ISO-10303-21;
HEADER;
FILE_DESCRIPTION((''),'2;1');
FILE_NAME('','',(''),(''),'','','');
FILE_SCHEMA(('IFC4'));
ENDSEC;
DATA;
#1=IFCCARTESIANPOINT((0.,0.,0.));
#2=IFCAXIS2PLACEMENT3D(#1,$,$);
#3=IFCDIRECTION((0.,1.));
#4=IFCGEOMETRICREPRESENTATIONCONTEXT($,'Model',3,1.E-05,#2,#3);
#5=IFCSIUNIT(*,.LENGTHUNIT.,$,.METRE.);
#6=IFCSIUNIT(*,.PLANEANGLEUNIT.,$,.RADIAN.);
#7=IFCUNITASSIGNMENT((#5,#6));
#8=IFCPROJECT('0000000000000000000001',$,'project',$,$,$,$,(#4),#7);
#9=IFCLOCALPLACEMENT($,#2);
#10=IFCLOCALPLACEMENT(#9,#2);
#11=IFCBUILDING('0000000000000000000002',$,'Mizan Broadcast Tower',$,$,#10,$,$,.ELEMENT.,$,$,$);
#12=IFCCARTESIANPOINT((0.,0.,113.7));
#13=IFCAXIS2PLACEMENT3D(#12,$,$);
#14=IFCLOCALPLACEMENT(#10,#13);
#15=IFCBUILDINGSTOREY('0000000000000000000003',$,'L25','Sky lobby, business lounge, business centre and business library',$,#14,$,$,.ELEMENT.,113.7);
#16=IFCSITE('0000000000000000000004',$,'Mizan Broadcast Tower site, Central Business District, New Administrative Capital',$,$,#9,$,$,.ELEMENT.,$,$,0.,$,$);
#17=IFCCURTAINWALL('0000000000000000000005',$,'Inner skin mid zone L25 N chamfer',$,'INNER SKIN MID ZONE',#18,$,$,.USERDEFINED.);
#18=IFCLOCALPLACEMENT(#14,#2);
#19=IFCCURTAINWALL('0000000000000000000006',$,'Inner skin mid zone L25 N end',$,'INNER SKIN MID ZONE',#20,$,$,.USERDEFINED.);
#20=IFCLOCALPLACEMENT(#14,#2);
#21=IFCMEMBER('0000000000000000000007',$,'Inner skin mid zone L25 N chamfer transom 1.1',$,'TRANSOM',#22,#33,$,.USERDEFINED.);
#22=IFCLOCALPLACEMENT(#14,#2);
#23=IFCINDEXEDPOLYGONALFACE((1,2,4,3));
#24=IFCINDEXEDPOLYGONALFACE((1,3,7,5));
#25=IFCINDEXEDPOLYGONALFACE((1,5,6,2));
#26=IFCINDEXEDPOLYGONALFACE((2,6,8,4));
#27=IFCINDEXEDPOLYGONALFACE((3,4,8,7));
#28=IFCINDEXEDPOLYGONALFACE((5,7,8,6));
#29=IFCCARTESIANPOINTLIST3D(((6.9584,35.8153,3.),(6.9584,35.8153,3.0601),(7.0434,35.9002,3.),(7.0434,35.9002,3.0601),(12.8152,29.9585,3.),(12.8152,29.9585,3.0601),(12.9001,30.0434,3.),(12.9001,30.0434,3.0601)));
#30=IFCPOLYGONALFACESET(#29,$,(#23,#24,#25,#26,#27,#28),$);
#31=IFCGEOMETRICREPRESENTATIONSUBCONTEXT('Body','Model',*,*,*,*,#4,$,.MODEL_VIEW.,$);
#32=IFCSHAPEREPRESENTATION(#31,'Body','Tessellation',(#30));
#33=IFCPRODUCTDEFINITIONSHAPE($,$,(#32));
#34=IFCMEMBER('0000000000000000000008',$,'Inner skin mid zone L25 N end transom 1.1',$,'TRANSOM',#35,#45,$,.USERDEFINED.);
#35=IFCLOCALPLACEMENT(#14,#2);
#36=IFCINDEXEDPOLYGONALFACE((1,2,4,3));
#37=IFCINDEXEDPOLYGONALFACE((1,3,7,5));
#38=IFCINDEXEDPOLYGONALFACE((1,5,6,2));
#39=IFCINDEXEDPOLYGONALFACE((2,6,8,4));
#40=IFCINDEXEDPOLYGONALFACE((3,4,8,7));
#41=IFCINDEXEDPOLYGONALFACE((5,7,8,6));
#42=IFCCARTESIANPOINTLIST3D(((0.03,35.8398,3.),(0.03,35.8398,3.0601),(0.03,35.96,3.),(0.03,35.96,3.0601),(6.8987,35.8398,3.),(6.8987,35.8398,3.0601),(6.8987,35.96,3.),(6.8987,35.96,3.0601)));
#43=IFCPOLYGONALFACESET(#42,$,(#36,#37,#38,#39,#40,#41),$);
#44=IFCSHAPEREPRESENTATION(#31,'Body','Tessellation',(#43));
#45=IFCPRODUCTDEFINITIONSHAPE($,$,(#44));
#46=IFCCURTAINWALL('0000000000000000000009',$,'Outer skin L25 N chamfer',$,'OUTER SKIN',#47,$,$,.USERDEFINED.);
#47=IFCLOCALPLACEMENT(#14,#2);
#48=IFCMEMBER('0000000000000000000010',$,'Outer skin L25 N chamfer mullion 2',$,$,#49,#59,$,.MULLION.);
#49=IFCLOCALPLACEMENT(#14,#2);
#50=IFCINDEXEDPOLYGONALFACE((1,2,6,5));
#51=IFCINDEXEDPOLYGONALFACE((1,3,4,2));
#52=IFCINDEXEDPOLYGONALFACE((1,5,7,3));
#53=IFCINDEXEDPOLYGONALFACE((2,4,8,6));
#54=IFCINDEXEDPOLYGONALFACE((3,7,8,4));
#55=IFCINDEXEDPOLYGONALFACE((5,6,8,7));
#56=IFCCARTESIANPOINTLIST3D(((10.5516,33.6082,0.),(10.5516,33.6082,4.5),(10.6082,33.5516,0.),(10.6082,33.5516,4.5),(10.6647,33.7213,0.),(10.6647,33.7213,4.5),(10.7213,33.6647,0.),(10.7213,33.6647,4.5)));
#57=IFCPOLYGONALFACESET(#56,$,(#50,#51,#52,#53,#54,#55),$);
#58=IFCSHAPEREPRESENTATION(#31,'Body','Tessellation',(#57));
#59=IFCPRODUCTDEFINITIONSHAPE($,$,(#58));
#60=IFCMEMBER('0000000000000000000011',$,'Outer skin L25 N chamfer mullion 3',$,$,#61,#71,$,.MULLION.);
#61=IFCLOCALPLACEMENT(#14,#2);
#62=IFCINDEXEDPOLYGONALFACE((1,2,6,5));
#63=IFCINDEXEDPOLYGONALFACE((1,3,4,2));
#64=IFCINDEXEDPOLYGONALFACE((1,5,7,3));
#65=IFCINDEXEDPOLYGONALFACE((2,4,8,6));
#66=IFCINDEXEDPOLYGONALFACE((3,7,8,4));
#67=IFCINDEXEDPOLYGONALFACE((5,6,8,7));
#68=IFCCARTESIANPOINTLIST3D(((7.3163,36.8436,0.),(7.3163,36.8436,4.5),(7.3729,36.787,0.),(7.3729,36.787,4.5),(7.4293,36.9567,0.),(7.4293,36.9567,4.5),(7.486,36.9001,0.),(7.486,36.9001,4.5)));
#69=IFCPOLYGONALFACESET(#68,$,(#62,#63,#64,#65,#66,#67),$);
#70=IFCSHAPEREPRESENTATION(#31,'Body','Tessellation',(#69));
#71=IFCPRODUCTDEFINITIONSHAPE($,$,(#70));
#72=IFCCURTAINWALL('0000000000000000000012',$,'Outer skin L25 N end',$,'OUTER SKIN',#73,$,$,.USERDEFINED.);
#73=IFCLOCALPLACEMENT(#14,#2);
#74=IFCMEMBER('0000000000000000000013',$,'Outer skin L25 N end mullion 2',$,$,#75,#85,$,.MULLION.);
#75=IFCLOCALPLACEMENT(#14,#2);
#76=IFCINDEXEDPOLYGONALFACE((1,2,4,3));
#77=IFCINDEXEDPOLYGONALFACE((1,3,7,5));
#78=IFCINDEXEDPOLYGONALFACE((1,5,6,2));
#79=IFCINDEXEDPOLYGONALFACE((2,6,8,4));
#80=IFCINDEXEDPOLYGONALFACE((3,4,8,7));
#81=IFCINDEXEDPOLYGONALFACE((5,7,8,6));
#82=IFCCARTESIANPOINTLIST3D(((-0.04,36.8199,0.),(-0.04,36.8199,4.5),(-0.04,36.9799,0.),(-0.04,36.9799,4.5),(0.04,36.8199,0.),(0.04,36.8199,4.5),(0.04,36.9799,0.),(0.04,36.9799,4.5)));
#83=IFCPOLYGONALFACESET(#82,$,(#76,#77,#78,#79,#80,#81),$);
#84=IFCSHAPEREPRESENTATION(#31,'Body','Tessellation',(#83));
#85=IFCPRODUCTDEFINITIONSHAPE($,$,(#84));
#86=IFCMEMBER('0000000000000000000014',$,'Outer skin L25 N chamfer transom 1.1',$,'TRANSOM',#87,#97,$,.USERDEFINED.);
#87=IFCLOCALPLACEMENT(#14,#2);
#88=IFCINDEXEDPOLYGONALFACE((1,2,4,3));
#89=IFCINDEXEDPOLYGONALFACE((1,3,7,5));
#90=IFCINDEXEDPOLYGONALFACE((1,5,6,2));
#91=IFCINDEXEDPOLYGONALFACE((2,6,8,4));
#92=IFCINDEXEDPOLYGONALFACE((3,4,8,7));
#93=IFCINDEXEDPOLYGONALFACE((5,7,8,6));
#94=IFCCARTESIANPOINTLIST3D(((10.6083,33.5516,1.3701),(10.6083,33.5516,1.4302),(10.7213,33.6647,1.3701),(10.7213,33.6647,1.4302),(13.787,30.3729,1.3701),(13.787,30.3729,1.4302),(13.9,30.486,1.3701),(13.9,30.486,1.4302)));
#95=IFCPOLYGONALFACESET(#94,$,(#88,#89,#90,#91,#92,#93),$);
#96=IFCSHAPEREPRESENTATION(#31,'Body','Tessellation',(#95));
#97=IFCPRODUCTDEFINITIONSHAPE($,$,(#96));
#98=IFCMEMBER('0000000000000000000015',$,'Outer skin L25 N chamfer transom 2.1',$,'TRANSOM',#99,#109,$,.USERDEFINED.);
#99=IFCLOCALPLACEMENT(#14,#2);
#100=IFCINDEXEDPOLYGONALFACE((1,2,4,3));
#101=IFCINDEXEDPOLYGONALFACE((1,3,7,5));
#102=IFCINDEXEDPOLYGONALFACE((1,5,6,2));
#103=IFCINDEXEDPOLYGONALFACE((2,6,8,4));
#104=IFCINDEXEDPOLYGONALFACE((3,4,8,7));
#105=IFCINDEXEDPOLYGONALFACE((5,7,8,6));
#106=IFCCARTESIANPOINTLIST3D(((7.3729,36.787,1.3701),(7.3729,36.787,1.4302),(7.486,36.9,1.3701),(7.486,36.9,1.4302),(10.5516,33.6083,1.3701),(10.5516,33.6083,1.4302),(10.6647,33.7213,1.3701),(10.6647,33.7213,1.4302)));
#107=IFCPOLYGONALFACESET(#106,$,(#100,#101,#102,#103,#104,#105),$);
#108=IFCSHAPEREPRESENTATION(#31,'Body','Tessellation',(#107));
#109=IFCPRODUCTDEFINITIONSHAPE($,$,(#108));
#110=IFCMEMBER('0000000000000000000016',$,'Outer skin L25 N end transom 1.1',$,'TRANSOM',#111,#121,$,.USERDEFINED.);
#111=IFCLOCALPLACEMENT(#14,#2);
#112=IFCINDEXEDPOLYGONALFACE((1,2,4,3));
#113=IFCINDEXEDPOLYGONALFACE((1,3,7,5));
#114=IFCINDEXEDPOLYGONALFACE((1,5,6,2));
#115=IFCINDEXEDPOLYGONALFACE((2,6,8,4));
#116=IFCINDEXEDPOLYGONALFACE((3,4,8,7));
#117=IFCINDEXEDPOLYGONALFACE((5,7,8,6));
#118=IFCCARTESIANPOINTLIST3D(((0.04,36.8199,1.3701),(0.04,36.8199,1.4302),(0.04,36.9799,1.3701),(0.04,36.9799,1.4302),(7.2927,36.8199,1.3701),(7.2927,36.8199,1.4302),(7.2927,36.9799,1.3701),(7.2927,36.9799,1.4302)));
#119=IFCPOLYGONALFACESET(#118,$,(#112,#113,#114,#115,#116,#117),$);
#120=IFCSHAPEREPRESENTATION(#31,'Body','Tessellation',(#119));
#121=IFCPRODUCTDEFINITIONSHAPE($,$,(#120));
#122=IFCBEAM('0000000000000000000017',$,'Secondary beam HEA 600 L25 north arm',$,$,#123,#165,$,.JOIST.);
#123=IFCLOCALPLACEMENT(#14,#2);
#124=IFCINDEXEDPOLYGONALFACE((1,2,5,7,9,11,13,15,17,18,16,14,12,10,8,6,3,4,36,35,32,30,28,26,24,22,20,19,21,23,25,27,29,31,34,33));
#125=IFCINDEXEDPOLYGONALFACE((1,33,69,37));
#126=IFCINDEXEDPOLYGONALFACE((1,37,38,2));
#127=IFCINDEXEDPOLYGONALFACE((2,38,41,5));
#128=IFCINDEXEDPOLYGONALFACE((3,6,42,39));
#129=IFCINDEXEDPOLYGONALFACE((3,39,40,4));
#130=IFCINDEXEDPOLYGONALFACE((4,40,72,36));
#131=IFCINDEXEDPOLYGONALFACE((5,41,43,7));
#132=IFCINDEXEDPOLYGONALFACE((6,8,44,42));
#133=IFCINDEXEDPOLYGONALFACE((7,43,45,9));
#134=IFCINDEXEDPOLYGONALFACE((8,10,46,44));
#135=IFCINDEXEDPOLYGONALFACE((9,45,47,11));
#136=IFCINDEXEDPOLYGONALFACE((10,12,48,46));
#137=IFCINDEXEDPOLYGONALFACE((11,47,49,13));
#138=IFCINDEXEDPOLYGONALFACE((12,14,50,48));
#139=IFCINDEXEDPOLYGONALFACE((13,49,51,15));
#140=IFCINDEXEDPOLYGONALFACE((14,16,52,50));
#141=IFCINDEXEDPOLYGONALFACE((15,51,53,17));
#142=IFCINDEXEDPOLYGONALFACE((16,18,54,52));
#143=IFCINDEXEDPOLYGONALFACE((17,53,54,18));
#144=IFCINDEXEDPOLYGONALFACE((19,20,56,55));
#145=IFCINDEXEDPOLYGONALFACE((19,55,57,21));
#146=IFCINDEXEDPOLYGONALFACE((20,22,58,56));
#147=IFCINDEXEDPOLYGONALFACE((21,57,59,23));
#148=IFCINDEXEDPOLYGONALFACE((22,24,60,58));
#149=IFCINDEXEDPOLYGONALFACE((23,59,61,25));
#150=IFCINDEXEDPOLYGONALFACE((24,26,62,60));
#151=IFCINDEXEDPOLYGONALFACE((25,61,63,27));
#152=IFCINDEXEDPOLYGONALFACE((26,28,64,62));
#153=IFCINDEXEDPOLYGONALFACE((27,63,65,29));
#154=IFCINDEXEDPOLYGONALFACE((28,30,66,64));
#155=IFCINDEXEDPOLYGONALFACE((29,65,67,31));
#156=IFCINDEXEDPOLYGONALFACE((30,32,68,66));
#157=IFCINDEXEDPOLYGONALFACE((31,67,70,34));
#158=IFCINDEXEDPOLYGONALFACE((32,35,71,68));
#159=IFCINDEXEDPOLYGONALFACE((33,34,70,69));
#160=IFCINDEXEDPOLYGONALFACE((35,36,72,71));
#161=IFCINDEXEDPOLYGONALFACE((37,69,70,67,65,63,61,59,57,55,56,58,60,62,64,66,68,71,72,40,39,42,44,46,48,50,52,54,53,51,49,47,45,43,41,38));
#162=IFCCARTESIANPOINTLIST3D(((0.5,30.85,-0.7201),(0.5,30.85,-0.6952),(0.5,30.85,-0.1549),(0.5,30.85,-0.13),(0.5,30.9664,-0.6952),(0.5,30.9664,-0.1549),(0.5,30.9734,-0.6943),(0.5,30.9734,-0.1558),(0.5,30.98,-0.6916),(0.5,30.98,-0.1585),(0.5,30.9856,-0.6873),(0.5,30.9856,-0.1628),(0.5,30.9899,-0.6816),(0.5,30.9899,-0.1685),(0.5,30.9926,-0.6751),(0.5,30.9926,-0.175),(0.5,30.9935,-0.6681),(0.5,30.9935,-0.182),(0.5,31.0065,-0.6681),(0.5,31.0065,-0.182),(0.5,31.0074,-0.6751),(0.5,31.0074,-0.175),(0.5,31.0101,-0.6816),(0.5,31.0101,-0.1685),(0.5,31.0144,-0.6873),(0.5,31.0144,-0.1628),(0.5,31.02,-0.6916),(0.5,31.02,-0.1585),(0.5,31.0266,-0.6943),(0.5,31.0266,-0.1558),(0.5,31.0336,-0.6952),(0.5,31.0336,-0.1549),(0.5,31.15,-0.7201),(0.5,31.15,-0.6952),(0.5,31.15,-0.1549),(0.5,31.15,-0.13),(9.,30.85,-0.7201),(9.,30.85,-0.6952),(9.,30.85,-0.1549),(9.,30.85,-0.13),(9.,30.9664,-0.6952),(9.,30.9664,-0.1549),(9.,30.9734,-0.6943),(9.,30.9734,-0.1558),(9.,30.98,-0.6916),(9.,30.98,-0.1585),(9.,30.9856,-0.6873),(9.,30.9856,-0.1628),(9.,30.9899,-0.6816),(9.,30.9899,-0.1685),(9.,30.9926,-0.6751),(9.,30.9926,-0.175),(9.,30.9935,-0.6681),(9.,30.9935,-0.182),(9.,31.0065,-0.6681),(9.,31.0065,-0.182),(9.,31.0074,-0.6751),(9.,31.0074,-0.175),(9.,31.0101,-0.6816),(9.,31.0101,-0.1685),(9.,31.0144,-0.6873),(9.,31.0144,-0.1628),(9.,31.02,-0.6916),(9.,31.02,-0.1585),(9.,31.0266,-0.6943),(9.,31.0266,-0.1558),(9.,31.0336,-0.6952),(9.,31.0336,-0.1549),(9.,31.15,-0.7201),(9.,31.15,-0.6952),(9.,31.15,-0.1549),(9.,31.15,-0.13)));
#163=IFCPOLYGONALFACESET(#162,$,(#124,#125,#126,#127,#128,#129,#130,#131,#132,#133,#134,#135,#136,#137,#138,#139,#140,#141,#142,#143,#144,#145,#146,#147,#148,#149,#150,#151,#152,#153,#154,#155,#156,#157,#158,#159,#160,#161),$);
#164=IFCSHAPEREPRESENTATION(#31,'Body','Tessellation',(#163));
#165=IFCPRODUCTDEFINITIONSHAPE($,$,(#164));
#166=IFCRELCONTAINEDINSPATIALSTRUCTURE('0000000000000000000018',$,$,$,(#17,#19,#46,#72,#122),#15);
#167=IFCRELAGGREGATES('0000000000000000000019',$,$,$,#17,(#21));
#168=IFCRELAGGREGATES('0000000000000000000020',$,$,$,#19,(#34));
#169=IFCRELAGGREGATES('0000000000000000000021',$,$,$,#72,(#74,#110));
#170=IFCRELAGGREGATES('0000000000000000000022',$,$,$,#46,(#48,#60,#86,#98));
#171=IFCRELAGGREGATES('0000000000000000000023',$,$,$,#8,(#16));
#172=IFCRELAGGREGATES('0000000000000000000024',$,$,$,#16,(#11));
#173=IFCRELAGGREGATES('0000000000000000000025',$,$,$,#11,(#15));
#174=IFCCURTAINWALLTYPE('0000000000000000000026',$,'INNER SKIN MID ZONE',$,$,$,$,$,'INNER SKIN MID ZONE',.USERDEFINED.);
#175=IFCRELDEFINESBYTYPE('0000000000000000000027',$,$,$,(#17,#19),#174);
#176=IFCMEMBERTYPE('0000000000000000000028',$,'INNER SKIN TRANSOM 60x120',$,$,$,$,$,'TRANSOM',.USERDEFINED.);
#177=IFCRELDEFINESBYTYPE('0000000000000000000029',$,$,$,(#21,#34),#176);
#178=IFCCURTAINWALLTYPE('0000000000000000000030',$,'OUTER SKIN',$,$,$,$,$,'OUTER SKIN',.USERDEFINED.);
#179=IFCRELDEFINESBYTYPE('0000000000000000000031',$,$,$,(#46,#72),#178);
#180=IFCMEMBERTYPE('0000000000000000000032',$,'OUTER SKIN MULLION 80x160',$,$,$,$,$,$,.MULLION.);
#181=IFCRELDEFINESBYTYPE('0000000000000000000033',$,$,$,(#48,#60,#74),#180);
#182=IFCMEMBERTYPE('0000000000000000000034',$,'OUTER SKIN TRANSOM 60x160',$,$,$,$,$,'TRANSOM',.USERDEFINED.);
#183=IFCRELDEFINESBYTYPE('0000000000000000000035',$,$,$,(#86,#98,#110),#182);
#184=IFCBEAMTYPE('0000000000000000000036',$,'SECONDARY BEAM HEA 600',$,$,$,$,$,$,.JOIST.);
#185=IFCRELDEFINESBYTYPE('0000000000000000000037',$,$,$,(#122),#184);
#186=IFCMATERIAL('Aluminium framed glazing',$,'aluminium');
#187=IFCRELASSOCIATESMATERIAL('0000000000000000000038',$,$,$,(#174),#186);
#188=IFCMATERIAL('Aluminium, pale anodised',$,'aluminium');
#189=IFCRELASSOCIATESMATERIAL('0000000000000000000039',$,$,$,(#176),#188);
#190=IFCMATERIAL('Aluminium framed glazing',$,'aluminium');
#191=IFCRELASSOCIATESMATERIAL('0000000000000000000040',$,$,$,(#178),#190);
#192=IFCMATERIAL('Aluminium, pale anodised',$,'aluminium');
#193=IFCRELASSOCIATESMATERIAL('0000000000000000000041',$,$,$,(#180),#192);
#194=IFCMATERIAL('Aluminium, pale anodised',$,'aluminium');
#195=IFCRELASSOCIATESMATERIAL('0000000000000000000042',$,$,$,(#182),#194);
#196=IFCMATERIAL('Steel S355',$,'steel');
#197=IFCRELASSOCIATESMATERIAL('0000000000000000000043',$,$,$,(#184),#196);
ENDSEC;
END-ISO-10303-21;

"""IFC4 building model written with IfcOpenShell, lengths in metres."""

from ifc_helpers import new_model, si_unit, direction, frame, origin, origin_2d, place, context, subcontext, project, spatial, rectangle, i_section, extrude, material, material_profile, profile_set, type_object, element, aggregate, save


model = new_model("IFC4")

# Units and contexts
model_context = context("Model", 3, precision=1e-05, world=origin(), true_north=direction((0.0, 1.0)))
body_context = subcontext(model_context, "Body", "Model", "MODEL_VIEW")
ifc_project = project(units=[si_unit("LENGTHUNIT", "METRE"), si_unit("PLANEANGLEUNIT", "RADIAN")], contexts=[model_context])

# Site, building, storey
site_placement = place(None, origin())
site = spatial("IfcSite", under=ifc_project, at=site_placement, Name="Mizan Broadcast Tower site, Central Business District, New Administrative Capital", CompositionType="ELEMENT", RefElevation=0.0)
building_placement = place(site_placement, origin())
building = spatial("IfcBuilding", under=site, at=building_placement, Name="Mizan Broadcast Tower", CompositionType="ELEMENT")
storey_placement = place(building_placement, frame((0.0, 0.0, 113.7)))
storey = spatial("IfcBuildingStorey", under=building, at=storey_placement, Name="L25", Description="Sky lobby, business lounge, business centre and business library", CompositionType="ELEMENT", Elevation=113.7)

# Shared definitions
ifc_material_1 = material(Name="Aluminium framed glazing", Category="aluminium")
curtain_wall_type_1 = type_object("IfcCurtainWallType", Name="INNER SKIN MID ZONE", ElementType="INNER SKIN MID ZONE", PredefinedType="USERDEFINED", material=ifc_material_1)

# Curtain walls
curtain_wall_1_placement = place(storey_placement, origin())
curtain_wall_1 = element("IfcCurtainWall", 1, at=curtain_wall_1_placement, inside=storey, type_object=curtain_wall_type_1, Name="Inner skin mid zone L25 N chamfer", ObjectType="INNER SKIN MID ZONE", PredefinedType="USERDEFINED")
curtain_wall_2_placement = place(storey_placement, origin())
curtain_wall_2 = element("IfcCurtainWall", 2, at=curtain_wall_2_placement, inside=storey, type_object=curtain_wall_type_1, Name="Inner skin mid zone L25 N end", ObjectType="INNER SKIN MID ZONE", PredefinedType="USERDEFINED")

# Members
ifc_material_2 = material(Name="Aluminium, pale anodised", Category="aluminium")
ifc_material_profile_1 = material_profile(ifc_material_2, rectangle(XDim=0.1201, YDim=0.0601, at=origin_2d()), Name="TRANSOM 120x60")
ifc_profile_set_1 = profile_set([ifc_material_profile_1], Name="Aluminium, pale anodised")
member_type_1 = type_object("IfcMemberType", Name="INNER SKIN TRANSOM 60x120", ElementType="TRANSOM", PredefinedType="USERDEFINED", material=ifc_profile_set_1)
member_1_placement = place(storey_placement, frame((12.8577, 30.001, 3.03), z_axis=(-0.707107, 0.707107, 0.0), x_axis=(-0.707107, -0.707107, 0.0)))
member_1 = element("IfcMember", 3, at=member_1_placement, type_object=member_type_1, Name="Inner skin mid zone L25 N chamfer transom 1.1", ObjectType="TRANSOM", PredefinedType="USERDEFINED", context=body_context, shape_type="SweptSolid", body=[
    extrude(rectangle(XDim=0.1201, YDim=0.0601, at=origin_2d()), origin(), (0.0, 0.0, 1.0), 8.2827),
])
member_2_placement = place(storey_placement, frame((6.8987, 35.8999, 3.03), z_axis=(-1.0, 0.0, 0.0), x_axis=(0.0, -1.0, 0.0)))
member_2 = element("IfcMember", 4, at=member_2_placement, type_object=member_type_1, Name="Inner skin mid zone L25 N end transom 1.1", ObjectType="TRANSOM", PredefinedType="USERDEFINED", context=body_context, shape_type="SweptSolid", body=[
    extrude(rectangle(XDim=0.1201, YDim=0.0601, at=origin_2d()), origin(), (0.0, 0.0, 1.0), 6.8687),
])

# Curtain wall, members
ifc_material_3 = material(Name="Aluminium framed glazing", Category="aluminium")
curtain_wall_type_2 = type_object("IfcCurtainWallType", Name="OUTER SKIN", ElementType="OUTER SKIN", PredefinedType="USERDEFINED", material=ifc_material_3)
curtain_wall_3_placement = place(storey_placement, origin())
curtain_wall_3 = element("IfcCurtainWall", 5, at=curtain_wall_3_placement, inside=storey, type_object=curtain_wall_type_2, Name="Outer skin L25 N chamfer", ObjectType="OUTER SKIN", PredefinedType="USERDEFINED")
ifc_material_4 = material(Name="Aluminium, pale anodised", Category="aluminium")
ifc_material_profile_2 = material_profile(ifc_material_4, rectangle(XDim=0.1599, YDim=0.0801, at=origin_2d()), Name="MULLION 160x80")
ifc_profile_set_2 = profile_set([ifc_material_profile_2], Name="Aluminium, pale anodised")
member_type_2 = type_object("IfcMemberType", Name="OUTER SKIN MULLION 80x160", PredefinedType="MULLION", material=ifc_profile_set_2)
member_3_placement = place(storey_placement, frame((10.6365, 33.6365, 0.0), z_axis=(0.0, 0.0, 1.0), x_axis=(-0.707107, -0.707107, 0.0)))
member_3 = element("IfcMember", 6, at=member_3_placement, type_object=member_type_2, Name="Outer skin L25 N chamfer mullion 2", PredefinedType="MULLION", context=body_context, shape_type="SweptSolid", body=[
    extrude(rectangle(XDim=0.1599, YDim=0.0801, at=origin_2d()), origin(), (0.0, 0.0, 1.0), 4.5),
])
member_4_placement = place(storey_placement, frame((7.4011, 36.8718, 0.0), z_axis=(0.0, 0.0, 1.0), x_axis=(-0.707107, -0.707107, 0.0)))
member_4 = element("IfcMember", 7, at=member_4_placement, type_object=member_type_2, Name="Outer skin L25 N chamfer mullion 3", PredefinedType="MULLION", context=body_context, shape_type="SweptSolid", body=[
    extrude(rectangle(XDim=0.1599, YDim=0.0801, at=origin_2d()), origin(), (0.0, 0.0, 1.0), 4.5),
])

# Curtain wall, member
curtain_wall_4_placement = place(storey_placement, origin())
curtain_wall_4 = element("IfcCurtainWall", 8, at=curtain_wall_4_placement, inside=storey, type_object=curtain_wall_type_2, Name="Outer skin L25 N end", ObjectType="OUTER SKIN", PredefinedType="USERDEFINED")
member_5_placement = place(storey_placement, frame((0.0, 36.8999, 0.0), z_axis=(0.0, 0.0, 1.0), x_axis=(0.0, -1.0, 0.0)))
member_5 = element("IfcMember", 9, at=member_5_placement, type_object=member_type_2, Name="Outer skin L25 N end mullion 2", PredefinedType="MULLION", context=body_context, shape_type="SweptSolid", body=[
    extrude(rectangle(XDim=0.1599, YDim=0.0801, at=origin_2d()), origin(), (0.0, 0.0, 1.0), 4.5),
])

# Members
ifc_material_5 = material(Name="Aluminium, pale anodised", Category="aluminium")
ifc_material_profile_3 = material_profile(ifc_material_5, rectangle(XDim=0.1599, YDim=0.0601, at=origin_2d()), Name="TRANSOM 160x60")
ifc_profile_set_3 = profile_set([ifc_material_profile_3], Name="Aluminium, pale anodised")
member_type_3 = type_object("IfcMemberType", Name="OUTER SKIN TRANSOM 60x160", ElementType="TRANSOM", PredefinedType="USERDEFINED", material=ifc_profile_set_3)
member_6_placement = place(storey_placement, frame((13.8435, 30.4294, 1.4001), z_axis=(-0.707107, 0.707107, 0.0), x_axis=(-0.707107, -0.707107, 0.0)))
member_6 = element("IfcMember", 10, at=member_6_placement, type_object=member_type_3, Name="Outer skin L25 N chamfer transom 1.1", ObjectType="TRANSOM", PredefinedType="USERDEFINED", context=body_context, shape_type="SweptSolid", body=[
    extrude(rectangle(XDim=0.1599, YDim=0.0601, at=origin_2d()), origin(), (0.0, 0.0, 1.0), 4.4954),
])
member_7_placement = place(storey_placement, frame((10.6082, 33.6648, 1.4001), z_axis=(-0.707107, 0.707107, 0.0), x_axis=(-0.707107, -0.707107, 0.0)))
member_7 = element("IfcMember", 11, at=member_7_placement, type_object=member_type_3, Name="Outer skin L25 N chamfer transom 2.1", ObjectType="TRANSOM", PredefinedType="USERDEFINED", context=body_context, shape_type="SweptSolid", body=[
    extrude(rectangle(XDim=0.1599, YDim=0.0601, at=origin_2d()), origin(), (0.0, 0.0, 1.0), 4.4954),
])
member_8_placement = place(storey_placement, frame((7.2927, 36.8999, 1.4001), z_axis=(-1.0, 0.0, 0.0), x_axis=(0.0, -1.0, 0.0)))
member_8 = element("IfcMember", 12, at=member_8_placement, type_object=member_type_3, Name="Outer skin L25 N end transom 1.1", ObjectType="TRANSOM", PredefinedType="USERDEFINED", context=body_context, shape_type="SweptSolid", body=[
    extrude(rectangle(XDim=0.1599, YDim=0.0601, at=origin_2d()), origin(), (0.0, 0.0, 1.0), 7.2527),
])

# Beam
ifc_material_6 = material(Name="Steel S355", Category="steel")
ifc_material_profile_4 = material_profile(ifc_material_6, i_section(OverallWidth=0.3, OverallDepth=0.5901, WebThickness=0.0129, FlangeThickness=0.0249, FilletRadius=0.0271, at=origin_2d()), Name="HEA 600")
ifc_profile_set_4 = profile_set([ifc_material_profile_4], Name="Steel S355")
beam_type_1 = type_object("IfcBeamType", Name="SECONDARY BEAM HEA 600", PredefinedType="JOIST", material=ifc_profile_set_4)
beam_1_placement = place(storey_placement, frame((9.0, 31.0, -0.425), z_axis=(-1.0, 0.0, 0.0), x_axis=(0.0, -1.0, 0.0)))
element("IfcBeam", 13, at=beam_1_placement, inside=storey, type_object=beam_type_1, Name="Secondary beam HEA 600 L25 north arm", PredefinedType="JOIST", context=body_context, shape_type="SweptSolid", body=[
    extrude(i_section(OverallWidth=0.3, OverallDepth=0.5901, WebThickness=0.0129, FlangeThickness=0.0249, FilletRadius=0.0271, at=origin_2d()), origin(), (0.0, 0.0, 1.0), 8.5),
])

aggregate(curtain_wall_1, [member_1])
aggregate(curtain_wall_2, [member_2])
aggregate(curtain_wall_4, [member_5, member_8])
aggregate(curtain_wall_3, [member_3, member_4, member_6, member_7])

save(model, "model.ifc")
